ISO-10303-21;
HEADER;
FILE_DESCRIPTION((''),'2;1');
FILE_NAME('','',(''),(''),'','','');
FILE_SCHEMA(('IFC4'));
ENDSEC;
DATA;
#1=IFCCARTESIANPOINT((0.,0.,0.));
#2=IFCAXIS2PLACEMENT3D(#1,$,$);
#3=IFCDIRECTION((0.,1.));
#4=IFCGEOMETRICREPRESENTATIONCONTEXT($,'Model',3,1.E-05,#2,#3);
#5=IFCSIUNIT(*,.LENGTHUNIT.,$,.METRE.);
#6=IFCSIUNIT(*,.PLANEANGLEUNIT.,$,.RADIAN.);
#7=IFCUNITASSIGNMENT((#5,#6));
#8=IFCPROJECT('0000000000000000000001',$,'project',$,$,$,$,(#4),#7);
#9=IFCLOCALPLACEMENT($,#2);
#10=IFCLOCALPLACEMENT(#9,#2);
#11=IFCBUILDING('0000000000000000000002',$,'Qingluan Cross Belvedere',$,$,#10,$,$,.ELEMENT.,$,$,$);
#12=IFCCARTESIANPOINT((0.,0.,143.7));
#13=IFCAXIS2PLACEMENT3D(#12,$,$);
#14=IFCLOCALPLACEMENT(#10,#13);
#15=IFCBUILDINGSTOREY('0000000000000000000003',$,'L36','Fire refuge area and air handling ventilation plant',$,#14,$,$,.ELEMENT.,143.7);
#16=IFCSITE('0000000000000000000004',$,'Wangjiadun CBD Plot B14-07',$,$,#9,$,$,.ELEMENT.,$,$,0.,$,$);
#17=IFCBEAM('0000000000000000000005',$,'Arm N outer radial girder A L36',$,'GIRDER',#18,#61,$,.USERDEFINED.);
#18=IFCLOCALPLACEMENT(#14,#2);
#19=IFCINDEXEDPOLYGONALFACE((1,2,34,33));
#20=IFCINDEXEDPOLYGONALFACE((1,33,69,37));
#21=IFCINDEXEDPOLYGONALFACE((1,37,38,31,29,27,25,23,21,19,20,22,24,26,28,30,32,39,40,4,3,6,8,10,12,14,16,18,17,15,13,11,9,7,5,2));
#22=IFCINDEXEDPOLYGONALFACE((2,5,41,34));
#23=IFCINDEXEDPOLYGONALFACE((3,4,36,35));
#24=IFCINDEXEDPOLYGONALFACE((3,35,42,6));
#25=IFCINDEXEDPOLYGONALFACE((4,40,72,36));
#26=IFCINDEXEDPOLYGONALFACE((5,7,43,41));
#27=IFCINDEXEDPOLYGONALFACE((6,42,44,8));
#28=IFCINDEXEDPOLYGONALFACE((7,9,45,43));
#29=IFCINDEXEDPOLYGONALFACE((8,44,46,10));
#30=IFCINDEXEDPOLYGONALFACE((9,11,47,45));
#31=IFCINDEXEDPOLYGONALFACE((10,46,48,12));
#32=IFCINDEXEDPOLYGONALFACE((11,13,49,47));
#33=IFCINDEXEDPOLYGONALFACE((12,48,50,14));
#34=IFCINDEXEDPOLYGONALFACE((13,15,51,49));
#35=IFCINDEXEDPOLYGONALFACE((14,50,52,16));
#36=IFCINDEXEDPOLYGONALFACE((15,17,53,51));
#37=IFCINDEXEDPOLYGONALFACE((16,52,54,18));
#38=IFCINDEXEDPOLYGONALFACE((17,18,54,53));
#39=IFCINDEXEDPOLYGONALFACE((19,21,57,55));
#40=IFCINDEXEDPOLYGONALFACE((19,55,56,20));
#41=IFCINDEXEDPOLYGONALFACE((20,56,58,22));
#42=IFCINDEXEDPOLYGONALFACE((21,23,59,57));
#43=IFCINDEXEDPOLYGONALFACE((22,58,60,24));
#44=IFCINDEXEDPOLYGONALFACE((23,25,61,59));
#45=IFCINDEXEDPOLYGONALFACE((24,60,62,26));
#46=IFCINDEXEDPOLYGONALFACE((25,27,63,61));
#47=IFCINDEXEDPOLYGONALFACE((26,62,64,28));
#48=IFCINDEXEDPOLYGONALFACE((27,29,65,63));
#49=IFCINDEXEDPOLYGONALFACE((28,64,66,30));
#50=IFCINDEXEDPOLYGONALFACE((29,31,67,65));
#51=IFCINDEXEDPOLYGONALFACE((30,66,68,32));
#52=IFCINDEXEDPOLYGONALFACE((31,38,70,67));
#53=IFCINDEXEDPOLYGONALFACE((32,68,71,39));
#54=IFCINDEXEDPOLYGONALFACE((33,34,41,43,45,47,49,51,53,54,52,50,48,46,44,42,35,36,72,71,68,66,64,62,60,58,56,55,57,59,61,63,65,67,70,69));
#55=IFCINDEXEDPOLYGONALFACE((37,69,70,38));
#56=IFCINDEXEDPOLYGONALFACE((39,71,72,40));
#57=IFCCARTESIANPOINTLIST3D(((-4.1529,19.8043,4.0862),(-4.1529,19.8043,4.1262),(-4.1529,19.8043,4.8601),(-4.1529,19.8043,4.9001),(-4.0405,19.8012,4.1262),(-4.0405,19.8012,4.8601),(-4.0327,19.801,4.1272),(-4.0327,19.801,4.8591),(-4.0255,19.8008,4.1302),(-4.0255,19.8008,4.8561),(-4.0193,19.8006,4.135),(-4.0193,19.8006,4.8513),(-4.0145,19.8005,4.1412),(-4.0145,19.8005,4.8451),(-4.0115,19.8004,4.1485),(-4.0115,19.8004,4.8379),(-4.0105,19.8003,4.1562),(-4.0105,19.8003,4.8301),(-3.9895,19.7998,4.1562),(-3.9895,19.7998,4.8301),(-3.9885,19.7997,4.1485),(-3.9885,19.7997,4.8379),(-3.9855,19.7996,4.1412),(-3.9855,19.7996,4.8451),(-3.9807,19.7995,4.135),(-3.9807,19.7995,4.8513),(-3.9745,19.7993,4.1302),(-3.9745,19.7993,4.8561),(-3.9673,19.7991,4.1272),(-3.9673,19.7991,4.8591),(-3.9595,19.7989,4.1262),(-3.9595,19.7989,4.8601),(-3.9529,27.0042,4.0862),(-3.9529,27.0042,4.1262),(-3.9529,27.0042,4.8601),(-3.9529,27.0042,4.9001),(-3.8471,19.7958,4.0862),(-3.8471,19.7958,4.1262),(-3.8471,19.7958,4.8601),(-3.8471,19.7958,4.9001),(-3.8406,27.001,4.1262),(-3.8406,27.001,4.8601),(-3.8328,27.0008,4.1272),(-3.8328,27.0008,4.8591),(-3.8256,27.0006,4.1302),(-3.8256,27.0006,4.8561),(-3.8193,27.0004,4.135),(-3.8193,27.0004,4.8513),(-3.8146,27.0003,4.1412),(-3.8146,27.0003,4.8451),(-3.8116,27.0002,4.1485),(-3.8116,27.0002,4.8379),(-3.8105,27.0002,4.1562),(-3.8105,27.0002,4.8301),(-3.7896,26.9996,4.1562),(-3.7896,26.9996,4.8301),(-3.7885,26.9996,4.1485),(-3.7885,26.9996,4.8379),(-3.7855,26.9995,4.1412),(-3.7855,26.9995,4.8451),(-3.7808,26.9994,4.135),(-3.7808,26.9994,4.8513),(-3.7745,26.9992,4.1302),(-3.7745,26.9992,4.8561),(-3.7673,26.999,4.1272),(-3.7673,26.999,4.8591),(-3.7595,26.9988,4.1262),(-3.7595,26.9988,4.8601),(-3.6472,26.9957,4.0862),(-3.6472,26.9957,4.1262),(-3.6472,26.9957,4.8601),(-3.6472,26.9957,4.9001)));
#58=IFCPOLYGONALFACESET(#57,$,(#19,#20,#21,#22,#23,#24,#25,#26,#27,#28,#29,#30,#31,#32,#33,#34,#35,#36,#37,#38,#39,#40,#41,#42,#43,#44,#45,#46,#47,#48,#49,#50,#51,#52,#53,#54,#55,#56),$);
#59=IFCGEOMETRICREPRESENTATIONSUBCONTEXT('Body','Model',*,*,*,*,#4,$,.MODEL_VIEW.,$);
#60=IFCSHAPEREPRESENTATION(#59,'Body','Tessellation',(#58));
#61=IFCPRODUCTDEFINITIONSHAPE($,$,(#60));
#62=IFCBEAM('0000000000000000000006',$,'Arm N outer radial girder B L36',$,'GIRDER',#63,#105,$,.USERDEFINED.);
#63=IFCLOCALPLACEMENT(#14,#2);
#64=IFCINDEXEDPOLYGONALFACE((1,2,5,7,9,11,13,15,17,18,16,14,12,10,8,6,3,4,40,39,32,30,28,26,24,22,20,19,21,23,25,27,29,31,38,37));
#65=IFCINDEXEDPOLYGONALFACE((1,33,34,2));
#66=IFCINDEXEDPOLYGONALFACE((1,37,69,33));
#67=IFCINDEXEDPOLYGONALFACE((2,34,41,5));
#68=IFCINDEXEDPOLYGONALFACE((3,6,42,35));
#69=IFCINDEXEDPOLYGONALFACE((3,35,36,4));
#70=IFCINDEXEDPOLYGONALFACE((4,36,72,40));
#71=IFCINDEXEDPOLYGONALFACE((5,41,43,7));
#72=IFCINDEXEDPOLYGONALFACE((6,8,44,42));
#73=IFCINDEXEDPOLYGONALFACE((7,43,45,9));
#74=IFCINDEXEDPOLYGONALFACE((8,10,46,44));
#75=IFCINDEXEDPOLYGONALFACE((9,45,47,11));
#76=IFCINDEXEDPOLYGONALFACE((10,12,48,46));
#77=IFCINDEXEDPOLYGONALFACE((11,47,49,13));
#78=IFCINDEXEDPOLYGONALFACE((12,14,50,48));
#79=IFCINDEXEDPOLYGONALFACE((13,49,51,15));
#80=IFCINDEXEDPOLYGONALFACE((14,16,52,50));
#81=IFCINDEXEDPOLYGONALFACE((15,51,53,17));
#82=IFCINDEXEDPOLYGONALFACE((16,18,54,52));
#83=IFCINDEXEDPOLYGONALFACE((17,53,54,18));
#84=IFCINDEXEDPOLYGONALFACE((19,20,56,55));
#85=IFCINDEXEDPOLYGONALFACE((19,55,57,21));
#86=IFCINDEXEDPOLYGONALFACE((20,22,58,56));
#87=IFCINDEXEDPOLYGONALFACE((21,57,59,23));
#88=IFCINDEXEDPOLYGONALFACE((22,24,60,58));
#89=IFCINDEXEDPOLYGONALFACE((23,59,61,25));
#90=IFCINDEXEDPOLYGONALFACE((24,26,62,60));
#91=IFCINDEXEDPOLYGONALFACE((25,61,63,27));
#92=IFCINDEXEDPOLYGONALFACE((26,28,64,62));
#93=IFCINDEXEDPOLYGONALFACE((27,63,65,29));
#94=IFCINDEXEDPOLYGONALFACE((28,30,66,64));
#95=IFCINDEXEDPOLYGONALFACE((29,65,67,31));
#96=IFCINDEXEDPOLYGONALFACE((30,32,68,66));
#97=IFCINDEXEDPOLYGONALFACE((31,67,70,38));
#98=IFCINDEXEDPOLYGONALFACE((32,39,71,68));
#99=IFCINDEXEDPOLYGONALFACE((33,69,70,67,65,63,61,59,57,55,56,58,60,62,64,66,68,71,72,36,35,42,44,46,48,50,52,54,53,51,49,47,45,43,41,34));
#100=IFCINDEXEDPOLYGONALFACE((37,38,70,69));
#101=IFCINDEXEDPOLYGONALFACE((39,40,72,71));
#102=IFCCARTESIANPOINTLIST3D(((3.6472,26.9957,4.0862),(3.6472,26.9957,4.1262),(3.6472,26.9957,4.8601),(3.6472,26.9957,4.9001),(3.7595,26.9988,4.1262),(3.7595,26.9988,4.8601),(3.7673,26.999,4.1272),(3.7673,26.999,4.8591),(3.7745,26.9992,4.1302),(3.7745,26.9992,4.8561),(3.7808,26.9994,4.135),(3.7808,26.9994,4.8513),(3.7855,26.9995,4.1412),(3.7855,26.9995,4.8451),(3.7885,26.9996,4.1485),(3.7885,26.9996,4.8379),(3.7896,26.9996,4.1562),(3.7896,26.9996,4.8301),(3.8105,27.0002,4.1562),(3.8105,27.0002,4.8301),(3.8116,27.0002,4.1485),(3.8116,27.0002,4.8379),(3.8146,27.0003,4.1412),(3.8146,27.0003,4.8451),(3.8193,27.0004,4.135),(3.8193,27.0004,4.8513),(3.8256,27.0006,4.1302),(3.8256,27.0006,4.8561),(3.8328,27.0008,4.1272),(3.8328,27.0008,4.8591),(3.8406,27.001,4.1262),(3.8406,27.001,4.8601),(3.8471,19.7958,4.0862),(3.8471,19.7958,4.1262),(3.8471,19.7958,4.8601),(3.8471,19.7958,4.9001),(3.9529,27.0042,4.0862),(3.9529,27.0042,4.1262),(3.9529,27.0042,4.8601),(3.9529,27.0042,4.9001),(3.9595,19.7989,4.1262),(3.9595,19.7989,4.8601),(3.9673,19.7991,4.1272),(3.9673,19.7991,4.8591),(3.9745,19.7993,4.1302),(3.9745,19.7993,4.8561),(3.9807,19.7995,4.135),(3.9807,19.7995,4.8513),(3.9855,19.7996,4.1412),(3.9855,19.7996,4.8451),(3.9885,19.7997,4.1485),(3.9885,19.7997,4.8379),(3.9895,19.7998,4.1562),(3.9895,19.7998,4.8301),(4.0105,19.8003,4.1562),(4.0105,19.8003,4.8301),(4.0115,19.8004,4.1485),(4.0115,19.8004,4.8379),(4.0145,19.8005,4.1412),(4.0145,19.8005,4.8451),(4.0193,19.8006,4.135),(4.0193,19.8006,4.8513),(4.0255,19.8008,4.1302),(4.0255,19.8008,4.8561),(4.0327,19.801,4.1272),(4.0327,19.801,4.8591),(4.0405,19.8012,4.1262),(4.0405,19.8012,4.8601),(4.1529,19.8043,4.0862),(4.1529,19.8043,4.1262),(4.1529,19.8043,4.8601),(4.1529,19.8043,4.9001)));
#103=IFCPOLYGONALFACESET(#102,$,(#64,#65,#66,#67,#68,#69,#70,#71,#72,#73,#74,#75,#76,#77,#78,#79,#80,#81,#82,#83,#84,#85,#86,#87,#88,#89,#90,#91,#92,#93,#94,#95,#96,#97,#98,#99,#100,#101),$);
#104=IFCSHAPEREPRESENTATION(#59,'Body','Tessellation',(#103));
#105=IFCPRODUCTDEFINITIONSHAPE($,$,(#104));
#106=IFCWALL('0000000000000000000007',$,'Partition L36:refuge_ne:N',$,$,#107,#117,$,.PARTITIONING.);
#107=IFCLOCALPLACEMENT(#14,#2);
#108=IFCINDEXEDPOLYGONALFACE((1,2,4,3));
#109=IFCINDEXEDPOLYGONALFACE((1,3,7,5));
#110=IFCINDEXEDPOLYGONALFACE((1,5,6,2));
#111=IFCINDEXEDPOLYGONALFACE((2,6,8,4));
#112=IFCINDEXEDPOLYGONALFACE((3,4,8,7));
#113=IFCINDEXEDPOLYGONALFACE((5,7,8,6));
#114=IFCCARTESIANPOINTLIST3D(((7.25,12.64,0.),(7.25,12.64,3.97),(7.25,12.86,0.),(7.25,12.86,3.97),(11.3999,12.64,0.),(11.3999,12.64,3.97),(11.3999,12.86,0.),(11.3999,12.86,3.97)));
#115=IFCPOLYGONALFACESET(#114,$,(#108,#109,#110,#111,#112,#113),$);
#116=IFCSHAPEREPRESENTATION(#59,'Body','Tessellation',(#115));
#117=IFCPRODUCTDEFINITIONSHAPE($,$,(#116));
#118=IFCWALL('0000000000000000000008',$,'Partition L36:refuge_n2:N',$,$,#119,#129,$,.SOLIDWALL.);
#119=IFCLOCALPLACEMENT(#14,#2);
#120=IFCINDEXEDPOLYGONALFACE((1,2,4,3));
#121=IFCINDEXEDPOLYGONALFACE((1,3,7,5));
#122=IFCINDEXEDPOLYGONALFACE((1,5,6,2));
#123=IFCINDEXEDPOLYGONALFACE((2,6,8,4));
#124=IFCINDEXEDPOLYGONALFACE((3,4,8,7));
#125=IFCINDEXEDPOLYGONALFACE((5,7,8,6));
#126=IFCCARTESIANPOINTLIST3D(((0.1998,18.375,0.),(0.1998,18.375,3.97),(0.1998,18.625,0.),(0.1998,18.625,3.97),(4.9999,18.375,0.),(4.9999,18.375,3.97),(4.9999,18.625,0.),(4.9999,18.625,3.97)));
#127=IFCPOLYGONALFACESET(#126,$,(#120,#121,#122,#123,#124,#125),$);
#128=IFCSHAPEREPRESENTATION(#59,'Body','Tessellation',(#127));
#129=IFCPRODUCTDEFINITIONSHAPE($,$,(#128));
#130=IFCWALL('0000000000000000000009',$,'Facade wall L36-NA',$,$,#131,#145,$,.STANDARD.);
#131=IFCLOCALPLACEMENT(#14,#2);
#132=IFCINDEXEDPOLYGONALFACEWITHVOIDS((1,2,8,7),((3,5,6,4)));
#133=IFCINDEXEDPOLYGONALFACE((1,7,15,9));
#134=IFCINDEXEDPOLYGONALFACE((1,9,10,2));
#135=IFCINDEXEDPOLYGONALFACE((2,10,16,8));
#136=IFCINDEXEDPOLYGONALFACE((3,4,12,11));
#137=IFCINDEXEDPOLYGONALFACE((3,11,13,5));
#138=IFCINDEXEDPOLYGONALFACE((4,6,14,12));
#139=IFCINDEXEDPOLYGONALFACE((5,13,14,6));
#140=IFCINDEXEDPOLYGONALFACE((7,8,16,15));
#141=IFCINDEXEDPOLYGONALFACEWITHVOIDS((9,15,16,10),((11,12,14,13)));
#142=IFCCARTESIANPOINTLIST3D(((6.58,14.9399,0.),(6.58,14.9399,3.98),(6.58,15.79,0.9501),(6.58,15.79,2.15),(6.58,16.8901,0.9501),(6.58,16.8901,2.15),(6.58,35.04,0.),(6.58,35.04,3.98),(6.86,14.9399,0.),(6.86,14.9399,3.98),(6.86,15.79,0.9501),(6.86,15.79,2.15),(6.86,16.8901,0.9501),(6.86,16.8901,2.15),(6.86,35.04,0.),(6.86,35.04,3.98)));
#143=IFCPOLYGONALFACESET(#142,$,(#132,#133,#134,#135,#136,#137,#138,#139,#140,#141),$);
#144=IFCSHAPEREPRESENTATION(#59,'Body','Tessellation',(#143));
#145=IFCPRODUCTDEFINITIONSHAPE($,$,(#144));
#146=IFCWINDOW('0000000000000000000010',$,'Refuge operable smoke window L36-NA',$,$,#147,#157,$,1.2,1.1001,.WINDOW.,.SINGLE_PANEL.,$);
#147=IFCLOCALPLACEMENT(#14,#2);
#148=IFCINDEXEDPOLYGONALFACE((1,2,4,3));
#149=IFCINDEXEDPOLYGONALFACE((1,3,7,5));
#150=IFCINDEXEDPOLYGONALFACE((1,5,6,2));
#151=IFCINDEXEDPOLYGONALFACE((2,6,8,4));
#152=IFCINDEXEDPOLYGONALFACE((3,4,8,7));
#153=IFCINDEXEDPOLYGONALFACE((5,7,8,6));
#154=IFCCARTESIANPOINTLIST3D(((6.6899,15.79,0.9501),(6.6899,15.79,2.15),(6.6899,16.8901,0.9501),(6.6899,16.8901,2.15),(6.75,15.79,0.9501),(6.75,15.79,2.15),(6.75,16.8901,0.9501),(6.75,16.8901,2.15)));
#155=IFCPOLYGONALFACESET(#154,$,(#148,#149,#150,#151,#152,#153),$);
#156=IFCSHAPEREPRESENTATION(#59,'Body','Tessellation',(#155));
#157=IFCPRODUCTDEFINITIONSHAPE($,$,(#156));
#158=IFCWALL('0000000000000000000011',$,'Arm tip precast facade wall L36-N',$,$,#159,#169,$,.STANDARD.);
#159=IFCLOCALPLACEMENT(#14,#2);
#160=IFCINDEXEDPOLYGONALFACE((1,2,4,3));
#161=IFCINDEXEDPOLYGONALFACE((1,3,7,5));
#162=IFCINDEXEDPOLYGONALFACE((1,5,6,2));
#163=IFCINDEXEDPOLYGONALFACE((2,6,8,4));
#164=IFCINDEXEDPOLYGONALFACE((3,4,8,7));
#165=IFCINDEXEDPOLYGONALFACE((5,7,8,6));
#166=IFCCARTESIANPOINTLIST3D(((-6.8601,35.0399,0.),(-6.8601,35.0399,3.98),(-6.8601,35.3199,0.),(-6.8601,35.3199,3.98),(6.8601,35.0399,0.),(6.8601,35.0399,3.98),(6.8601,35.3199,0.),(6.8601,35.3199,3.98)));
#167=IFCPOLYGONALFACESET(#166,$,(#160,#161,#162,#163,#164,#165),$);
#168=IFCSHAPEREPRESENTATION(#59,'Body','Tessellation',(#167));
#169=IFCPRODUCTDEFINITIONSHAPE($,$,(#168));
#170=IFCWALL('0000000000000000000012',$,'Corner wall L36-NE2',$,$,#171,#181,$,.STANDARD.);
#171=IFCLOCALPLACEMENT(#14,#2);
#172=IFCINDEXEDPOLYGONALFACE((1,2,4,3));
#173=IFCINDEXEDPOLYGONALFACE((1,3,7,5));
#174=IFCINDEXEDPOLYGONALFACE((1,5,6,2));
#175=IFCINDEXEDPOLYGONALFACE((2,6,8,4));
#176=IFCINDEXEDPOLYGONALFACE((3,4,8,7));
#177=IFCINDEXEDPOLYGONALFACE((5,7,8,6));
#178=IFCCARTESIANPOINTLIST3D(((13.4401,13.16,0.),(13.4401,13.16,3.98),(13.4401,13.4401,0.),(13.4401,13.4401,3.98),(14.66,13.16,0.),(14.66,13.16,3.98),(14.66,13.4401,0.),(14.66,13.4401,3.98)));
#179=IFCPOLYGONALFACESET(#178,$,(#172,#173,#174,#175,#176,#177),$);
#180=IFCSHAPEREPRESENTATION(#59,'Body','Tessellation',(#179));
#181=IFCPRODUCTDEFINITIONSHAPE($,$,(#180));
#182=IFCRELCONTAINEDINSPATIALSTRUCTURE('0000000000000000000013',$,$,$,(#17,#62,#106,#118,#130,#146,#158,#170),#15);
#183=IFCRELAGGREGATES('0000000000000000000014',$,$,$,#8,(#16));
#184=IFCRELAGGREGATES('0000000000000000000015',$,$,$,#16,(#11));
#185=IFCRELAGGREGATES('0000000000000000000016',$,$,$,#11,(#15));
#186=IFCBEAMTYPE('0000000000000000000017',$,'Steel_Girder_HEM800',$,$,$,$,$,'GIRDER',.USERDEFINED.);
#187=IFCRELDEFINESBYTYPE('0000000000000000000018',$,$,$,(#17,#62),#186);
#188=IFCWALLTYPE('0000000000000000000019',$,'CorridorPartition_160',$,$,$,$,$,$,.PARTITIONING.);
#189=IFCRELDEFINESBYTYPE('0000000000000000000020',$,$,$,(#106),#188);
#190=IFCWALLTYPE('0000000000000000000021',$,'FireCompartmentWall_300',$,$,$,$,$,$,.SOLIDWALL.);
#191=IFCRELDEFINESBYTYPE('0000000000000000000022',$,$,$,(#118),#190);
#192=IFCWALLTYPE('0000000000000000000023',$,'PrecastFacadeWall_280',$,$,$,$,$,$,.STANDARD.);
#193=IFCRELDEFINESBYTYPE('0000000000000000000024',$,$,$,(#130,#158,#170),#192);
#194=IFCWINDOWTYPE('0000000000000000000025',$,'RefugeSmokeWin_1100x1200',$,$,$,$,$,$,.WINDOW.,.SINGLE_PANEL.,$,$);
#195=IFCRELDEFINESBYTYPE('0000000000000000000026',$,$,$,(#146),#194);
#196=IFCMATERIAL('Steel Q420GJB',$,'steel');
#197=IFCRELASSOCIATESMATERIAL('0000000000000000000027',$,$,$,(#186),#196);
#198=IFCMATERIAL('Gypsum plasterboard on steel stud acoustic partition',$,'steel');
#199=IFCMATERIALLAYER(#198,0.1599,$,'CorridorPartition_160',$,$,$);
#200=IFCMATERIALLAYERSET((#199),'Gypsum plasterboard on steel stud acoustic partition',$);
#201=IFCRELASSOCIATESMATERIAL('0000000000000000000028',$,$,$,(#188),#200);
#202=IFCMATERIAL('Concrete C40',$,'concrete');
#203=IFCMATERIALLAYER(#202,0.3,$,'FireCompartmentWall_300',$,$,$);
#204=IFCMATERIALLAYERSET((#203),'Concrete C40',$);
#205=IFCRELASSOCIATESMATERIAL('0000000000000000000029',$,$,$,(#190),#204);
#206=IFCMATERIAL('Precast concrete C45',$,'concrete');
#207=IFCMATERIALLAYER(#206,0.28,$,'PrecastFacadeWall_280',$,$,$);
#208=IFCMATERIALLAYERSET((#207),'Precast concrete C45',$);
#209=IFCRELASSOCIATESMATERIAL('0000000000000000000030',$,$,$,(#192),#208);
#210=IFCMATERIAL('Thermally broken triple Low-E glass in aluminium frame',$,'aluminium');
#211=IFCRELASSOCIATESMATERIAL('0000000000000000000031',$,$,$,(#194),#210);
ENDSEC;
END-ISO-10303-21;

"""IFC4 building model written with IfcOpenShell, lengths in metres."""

from ifc_helpers import new_model, si_unit, direction, frame, frame_2d, origin, origin_2d, place, context, subcontext, project, spatial, rectangle, i_section, extrude, material, layer, layer_set, material_profile, profile_set, type_object, element, fill, save


model = new_model("IFC4")

# Units and contexts
model_context = context("Model", 3, precision=1e-05, world=origin(), true_north=direction((0.0, 1.0)))
body_context = subcontext(model_context, "Body", "Model", "MODEL_VIEW")
ifc_project = project(units=[si_unit("LENGTHUNIT", "METRE"), si_unit("PLANEANGLEUNIT", "RADIAN")], contexts=[model_context])

# Site, building, storey
site_placement = place(None, origin())
site = spatial("IfcSite", under=ifc_project, at=site_placement, Name="Wangjiadun CBD Plot B14-07", CompositionType="ELEMENT", RefElevation=0.0)
building_placement = place(site_placement, origin())
building = spatial("IfcBuilding", under=site, at=building_placement, Name="Qingluan Cross Belvedere", CompositionType="ELEMENT")
storey_placement = place(building_placement, frame((0.0, 0.0, 143.7)))
storey = spatial("IfcBuildingStorey", under=building, at=storey_placement, Name="L36", Description="Fire refuge area and air handling ventilation plant", CompositionType="ELEMENT", Elevation=143.7)

# Beams
ifc_material_1 = material(Name="Steel Q420GJB", Category="steel")
ifc_material_profile_1 = material_profile(ifc_material_1, i_section(OverallWidth=0.3059, OverallDepth=0.814, WebThickness=0.021, FlangeThickness=0.04, FilletRadius=0.03, at=origin_2d()), Name="HEM800")
ifc_profile_set_1 = profile_set([ifc_material_profile_1], Name="Steel Q420GJB")
beam_type_1 = type_object("IfcBeamType", Name="Steel_Girder_HEM800", ElementType="GIRDER", PredefinedType="USERDEFINED", material=ifc_profile_set_1)
for number, where, z_axis, x_axis, name in (
    (1, (-4.0, 19.8, 4.4932), (0.02776, 0.999615, 0.0), (-0.999615, 0.02776, 0.0), "Arm N outer radial girder A L36"),
    (2, (4.0, 19.8, 4.4932), (-0.02776, 0.999615, 0.0), (-0.999615, -0.02776, 0.0), "Arm N outer radial girder B L36"),
):
    element("IfcBeam", number, at=place(storey_placement, frame(where, z_axis=z_axis, x_axis=x_axis)), inside=storey, type_object=beam_type_1, Name=name, ObjectType="GIRDER", PredefinedType="USERDEFINED", context=body_context, shape_type="SweptSolid", body=[
        extrude(i_section(OverallWidth=0.3059, OverallDepth=0.814, WebThickness=0.021, FlangeThickness=0.04, FilletRadius=0.03, at=origin_2d()), origin(), (0.0, 0.0, 1.0), 7.2026),
    ])

# Walls
ifc_material_2 = material(Name="Gypsum plasterboard on steel stud acoustic partition", Category="steel")
ifc_layer_1 = layer(ifc_material_2, 0.1599, Name="CorridorPartition_160")
ifc_layer_set_1 = layer_set([ifc_layer_1], Name="Gypsum plasterboard on steel stud acoustic partition")
wall_type_1 = type_object("IfcWallType", Name="CorridorPartition_160", PredefinedType="PARTITIONING", material=ifc_layer_set_1)
wall_1_placement = place(storey_placement, frame((7.25, 12.75, 0.0), z_axis=(0.0, 0.0, 1.0), x_axis=(1.0, 0.0, 0.0)))
element("IfcWall", 3, at=wall_1_placement, inside=storey, type_object=wall_type_1, Name="Partition L36:refuge_ne:N", PredefinedType="PARTITIONING", context=body_context, shape_type="SweptSolid", body=[
    extrude(rectangle(XDim=4.1499, YDim=0.22, at=frame_2d((2.075, 0.0))), origin(), (0.0, 0.0, 1.0), 3.97),
])
ifc_material_3 = material(Name="Concrete C40", Category="concrete")
ifc_layer_2 = layer(ifc_material_3, 0.3, Name="FireCompartmentWall_300")
ifc_layer_set_2 = layer_set([ifc_layer_2], Name="Concrete C40")
wall_type_2 = type_object("IfcWallType", Name="FireCompartmentWall_300", PredefinedType="SOLIDWALL", material=ifc_layer_set_2)
wall_2_placement = place(storey_placement, frame((0.2, 18.5, 0.0), z_axis=(0.0, 0.0, 1.0), x_axis=(1.0, 0.0, 0.0)))
element("IfcWall", 4, at=wall_2_placement, inside=storey, type_object=wall_type_2, Name="Partition L36:refuge_n2:N", PredefinedType="SOLIDWALL", context=body_context, shape_type="SweptSolid", body=[
    extrude(rectangle(XDim=4.8, YDim=0.25, at=frame_2d((2.3999, 0.0))), origin(), (0.0, 0.0, 1.0), 3.97),
])

# Wall, opening, window
ifc_material_4 = material(Name="Precast concrete C45", Category="concrete")
ifc_layer_3 = layer(ifc_material_4, 0.28, Name="PrecastFacadeWall_280")
ifc_layer_set_3 = layer_set([ifc_layer_3], Name="Precast concrete C45")
wall_type_3 = type_object("IfcWallType", Name="PrecastFacadeWall_280", PredefinedType="STANDARD", material=ifc_layer_set_3)
wall_3_placement = place(storey_placement, frame((6.72, 14.9399, 0.0), z_axis=(0.0, 0.0, 1.0), x_axis=(0.0, 1.0, 0.0)))
wall_3 = element("IfcWall", 5, at=wall_3_placement, inside=storey, type_object=wall_type_3, Name="Facade wall L36-NA", PredefinedType="STANDARD", context=body_context, shape_type="SweptSolid", body=[
    extrude(rectangle(XDim=20.1001, YDim=0.28, at=frame_2d((10.05, 0.0))), origin(), (0.0, 0.0, 1.0), 3.98),
])
opening_placement = place(wall_3_placement, frame((0.8501, 0.0, 0.95)))
opening = element("IfcOpeningElement", 6, at=opening_placement, cuts=wall_3, PredefinedType="OPENING", context=body_context, shape_type="SweptSolid", body=[
    extrude(rectangle(XDim=1.1001, YDim=1.2, at=frame_2d((0.55, 0.6001))), frame((0.0, 0.1499, 0.0), z_axis=(0.0, -1.0, 0.0), x_axis=(1.0, 0.0, 0.0)), (0.0, 0.0, 1.0), 0.3),
])
ifc_material_5 = material(Name="Thermally broken triple Low-E glass in aluminium frame", Category="aluminium")
window_type = type_object("IfcWindowType", Name="RefugeSmokeWin_1100x1200", PartitioningType="SINGLE_PANEL", PredefinedType="WINDOW", material=ifc_material_5)
window_placement = place(opening_placement, origin())
window = element("IfcWindow", 7, at=window_placement, inside=storey, type_object=window_type, Name="Refuge operable smoke window L36-NA", OverallHeight=1.2, OverallWidth=1.1001, PartitioningType="SINGLE_PANEL", PredefinedType="WINDOW", context=body_context, shape_type="SweptSolid", body=[
    extrude(rectangle(XDim=1.1001, YDim=1.2, at=frame_2d((0.55, 0.6001))), frame((0.0, 0.03, 0.0), z_axis=(0.0, -1.0, 0.0), x_axis=(1.0, 0.0, 0.0)), (0.0, 0.0, 1.0), 0.0601),
])
fill(opening, window)

# Walls
wall_4_placement = place(storey_placement, frame((6.8601, 35.1799, 0.0), z_axis=(0.0, 0.0, 1.0), x_axis=(-1.0, 0.0, 0.0)))
element("IfcWall", 8, at=wall_4_placement, inside=storey, type_object=wall_type_3, Name="Arm tip precast facade wall L36-N", PredefinedType="STANDARD", context=body_context, shape_type="SweptSolid", body=[
    extrude(rectangle(XDim=13.7202, YDim=0.28, at=frame_2d((6.8601, 0.0))), origin(), (0.0, 0.0, 1.0), 3.98),
])
wall_5_placement = place(storey_placement, frame((14.6599, 13.3, 0.0), z_axis=(0.0, 0.0, 1.0), x_axis=(-1.0, 0.0, 0.0)))
element("IfcWall", 9, at=wall_5_placement, inside=storey, type_object=wall_type_3, Name="Corner wall L36-NE2", PredefinedType="STANDARD", context=body_context, shape_type="SweptSolid", body=[
    extrude(rectangle(XDim=1.22, YDim=0.28, at=frame_2d((0.6099, 0.0))), origin(), (0.0, 0.0, 1.0), 3.98),
])

save(model, "model.ifc")
